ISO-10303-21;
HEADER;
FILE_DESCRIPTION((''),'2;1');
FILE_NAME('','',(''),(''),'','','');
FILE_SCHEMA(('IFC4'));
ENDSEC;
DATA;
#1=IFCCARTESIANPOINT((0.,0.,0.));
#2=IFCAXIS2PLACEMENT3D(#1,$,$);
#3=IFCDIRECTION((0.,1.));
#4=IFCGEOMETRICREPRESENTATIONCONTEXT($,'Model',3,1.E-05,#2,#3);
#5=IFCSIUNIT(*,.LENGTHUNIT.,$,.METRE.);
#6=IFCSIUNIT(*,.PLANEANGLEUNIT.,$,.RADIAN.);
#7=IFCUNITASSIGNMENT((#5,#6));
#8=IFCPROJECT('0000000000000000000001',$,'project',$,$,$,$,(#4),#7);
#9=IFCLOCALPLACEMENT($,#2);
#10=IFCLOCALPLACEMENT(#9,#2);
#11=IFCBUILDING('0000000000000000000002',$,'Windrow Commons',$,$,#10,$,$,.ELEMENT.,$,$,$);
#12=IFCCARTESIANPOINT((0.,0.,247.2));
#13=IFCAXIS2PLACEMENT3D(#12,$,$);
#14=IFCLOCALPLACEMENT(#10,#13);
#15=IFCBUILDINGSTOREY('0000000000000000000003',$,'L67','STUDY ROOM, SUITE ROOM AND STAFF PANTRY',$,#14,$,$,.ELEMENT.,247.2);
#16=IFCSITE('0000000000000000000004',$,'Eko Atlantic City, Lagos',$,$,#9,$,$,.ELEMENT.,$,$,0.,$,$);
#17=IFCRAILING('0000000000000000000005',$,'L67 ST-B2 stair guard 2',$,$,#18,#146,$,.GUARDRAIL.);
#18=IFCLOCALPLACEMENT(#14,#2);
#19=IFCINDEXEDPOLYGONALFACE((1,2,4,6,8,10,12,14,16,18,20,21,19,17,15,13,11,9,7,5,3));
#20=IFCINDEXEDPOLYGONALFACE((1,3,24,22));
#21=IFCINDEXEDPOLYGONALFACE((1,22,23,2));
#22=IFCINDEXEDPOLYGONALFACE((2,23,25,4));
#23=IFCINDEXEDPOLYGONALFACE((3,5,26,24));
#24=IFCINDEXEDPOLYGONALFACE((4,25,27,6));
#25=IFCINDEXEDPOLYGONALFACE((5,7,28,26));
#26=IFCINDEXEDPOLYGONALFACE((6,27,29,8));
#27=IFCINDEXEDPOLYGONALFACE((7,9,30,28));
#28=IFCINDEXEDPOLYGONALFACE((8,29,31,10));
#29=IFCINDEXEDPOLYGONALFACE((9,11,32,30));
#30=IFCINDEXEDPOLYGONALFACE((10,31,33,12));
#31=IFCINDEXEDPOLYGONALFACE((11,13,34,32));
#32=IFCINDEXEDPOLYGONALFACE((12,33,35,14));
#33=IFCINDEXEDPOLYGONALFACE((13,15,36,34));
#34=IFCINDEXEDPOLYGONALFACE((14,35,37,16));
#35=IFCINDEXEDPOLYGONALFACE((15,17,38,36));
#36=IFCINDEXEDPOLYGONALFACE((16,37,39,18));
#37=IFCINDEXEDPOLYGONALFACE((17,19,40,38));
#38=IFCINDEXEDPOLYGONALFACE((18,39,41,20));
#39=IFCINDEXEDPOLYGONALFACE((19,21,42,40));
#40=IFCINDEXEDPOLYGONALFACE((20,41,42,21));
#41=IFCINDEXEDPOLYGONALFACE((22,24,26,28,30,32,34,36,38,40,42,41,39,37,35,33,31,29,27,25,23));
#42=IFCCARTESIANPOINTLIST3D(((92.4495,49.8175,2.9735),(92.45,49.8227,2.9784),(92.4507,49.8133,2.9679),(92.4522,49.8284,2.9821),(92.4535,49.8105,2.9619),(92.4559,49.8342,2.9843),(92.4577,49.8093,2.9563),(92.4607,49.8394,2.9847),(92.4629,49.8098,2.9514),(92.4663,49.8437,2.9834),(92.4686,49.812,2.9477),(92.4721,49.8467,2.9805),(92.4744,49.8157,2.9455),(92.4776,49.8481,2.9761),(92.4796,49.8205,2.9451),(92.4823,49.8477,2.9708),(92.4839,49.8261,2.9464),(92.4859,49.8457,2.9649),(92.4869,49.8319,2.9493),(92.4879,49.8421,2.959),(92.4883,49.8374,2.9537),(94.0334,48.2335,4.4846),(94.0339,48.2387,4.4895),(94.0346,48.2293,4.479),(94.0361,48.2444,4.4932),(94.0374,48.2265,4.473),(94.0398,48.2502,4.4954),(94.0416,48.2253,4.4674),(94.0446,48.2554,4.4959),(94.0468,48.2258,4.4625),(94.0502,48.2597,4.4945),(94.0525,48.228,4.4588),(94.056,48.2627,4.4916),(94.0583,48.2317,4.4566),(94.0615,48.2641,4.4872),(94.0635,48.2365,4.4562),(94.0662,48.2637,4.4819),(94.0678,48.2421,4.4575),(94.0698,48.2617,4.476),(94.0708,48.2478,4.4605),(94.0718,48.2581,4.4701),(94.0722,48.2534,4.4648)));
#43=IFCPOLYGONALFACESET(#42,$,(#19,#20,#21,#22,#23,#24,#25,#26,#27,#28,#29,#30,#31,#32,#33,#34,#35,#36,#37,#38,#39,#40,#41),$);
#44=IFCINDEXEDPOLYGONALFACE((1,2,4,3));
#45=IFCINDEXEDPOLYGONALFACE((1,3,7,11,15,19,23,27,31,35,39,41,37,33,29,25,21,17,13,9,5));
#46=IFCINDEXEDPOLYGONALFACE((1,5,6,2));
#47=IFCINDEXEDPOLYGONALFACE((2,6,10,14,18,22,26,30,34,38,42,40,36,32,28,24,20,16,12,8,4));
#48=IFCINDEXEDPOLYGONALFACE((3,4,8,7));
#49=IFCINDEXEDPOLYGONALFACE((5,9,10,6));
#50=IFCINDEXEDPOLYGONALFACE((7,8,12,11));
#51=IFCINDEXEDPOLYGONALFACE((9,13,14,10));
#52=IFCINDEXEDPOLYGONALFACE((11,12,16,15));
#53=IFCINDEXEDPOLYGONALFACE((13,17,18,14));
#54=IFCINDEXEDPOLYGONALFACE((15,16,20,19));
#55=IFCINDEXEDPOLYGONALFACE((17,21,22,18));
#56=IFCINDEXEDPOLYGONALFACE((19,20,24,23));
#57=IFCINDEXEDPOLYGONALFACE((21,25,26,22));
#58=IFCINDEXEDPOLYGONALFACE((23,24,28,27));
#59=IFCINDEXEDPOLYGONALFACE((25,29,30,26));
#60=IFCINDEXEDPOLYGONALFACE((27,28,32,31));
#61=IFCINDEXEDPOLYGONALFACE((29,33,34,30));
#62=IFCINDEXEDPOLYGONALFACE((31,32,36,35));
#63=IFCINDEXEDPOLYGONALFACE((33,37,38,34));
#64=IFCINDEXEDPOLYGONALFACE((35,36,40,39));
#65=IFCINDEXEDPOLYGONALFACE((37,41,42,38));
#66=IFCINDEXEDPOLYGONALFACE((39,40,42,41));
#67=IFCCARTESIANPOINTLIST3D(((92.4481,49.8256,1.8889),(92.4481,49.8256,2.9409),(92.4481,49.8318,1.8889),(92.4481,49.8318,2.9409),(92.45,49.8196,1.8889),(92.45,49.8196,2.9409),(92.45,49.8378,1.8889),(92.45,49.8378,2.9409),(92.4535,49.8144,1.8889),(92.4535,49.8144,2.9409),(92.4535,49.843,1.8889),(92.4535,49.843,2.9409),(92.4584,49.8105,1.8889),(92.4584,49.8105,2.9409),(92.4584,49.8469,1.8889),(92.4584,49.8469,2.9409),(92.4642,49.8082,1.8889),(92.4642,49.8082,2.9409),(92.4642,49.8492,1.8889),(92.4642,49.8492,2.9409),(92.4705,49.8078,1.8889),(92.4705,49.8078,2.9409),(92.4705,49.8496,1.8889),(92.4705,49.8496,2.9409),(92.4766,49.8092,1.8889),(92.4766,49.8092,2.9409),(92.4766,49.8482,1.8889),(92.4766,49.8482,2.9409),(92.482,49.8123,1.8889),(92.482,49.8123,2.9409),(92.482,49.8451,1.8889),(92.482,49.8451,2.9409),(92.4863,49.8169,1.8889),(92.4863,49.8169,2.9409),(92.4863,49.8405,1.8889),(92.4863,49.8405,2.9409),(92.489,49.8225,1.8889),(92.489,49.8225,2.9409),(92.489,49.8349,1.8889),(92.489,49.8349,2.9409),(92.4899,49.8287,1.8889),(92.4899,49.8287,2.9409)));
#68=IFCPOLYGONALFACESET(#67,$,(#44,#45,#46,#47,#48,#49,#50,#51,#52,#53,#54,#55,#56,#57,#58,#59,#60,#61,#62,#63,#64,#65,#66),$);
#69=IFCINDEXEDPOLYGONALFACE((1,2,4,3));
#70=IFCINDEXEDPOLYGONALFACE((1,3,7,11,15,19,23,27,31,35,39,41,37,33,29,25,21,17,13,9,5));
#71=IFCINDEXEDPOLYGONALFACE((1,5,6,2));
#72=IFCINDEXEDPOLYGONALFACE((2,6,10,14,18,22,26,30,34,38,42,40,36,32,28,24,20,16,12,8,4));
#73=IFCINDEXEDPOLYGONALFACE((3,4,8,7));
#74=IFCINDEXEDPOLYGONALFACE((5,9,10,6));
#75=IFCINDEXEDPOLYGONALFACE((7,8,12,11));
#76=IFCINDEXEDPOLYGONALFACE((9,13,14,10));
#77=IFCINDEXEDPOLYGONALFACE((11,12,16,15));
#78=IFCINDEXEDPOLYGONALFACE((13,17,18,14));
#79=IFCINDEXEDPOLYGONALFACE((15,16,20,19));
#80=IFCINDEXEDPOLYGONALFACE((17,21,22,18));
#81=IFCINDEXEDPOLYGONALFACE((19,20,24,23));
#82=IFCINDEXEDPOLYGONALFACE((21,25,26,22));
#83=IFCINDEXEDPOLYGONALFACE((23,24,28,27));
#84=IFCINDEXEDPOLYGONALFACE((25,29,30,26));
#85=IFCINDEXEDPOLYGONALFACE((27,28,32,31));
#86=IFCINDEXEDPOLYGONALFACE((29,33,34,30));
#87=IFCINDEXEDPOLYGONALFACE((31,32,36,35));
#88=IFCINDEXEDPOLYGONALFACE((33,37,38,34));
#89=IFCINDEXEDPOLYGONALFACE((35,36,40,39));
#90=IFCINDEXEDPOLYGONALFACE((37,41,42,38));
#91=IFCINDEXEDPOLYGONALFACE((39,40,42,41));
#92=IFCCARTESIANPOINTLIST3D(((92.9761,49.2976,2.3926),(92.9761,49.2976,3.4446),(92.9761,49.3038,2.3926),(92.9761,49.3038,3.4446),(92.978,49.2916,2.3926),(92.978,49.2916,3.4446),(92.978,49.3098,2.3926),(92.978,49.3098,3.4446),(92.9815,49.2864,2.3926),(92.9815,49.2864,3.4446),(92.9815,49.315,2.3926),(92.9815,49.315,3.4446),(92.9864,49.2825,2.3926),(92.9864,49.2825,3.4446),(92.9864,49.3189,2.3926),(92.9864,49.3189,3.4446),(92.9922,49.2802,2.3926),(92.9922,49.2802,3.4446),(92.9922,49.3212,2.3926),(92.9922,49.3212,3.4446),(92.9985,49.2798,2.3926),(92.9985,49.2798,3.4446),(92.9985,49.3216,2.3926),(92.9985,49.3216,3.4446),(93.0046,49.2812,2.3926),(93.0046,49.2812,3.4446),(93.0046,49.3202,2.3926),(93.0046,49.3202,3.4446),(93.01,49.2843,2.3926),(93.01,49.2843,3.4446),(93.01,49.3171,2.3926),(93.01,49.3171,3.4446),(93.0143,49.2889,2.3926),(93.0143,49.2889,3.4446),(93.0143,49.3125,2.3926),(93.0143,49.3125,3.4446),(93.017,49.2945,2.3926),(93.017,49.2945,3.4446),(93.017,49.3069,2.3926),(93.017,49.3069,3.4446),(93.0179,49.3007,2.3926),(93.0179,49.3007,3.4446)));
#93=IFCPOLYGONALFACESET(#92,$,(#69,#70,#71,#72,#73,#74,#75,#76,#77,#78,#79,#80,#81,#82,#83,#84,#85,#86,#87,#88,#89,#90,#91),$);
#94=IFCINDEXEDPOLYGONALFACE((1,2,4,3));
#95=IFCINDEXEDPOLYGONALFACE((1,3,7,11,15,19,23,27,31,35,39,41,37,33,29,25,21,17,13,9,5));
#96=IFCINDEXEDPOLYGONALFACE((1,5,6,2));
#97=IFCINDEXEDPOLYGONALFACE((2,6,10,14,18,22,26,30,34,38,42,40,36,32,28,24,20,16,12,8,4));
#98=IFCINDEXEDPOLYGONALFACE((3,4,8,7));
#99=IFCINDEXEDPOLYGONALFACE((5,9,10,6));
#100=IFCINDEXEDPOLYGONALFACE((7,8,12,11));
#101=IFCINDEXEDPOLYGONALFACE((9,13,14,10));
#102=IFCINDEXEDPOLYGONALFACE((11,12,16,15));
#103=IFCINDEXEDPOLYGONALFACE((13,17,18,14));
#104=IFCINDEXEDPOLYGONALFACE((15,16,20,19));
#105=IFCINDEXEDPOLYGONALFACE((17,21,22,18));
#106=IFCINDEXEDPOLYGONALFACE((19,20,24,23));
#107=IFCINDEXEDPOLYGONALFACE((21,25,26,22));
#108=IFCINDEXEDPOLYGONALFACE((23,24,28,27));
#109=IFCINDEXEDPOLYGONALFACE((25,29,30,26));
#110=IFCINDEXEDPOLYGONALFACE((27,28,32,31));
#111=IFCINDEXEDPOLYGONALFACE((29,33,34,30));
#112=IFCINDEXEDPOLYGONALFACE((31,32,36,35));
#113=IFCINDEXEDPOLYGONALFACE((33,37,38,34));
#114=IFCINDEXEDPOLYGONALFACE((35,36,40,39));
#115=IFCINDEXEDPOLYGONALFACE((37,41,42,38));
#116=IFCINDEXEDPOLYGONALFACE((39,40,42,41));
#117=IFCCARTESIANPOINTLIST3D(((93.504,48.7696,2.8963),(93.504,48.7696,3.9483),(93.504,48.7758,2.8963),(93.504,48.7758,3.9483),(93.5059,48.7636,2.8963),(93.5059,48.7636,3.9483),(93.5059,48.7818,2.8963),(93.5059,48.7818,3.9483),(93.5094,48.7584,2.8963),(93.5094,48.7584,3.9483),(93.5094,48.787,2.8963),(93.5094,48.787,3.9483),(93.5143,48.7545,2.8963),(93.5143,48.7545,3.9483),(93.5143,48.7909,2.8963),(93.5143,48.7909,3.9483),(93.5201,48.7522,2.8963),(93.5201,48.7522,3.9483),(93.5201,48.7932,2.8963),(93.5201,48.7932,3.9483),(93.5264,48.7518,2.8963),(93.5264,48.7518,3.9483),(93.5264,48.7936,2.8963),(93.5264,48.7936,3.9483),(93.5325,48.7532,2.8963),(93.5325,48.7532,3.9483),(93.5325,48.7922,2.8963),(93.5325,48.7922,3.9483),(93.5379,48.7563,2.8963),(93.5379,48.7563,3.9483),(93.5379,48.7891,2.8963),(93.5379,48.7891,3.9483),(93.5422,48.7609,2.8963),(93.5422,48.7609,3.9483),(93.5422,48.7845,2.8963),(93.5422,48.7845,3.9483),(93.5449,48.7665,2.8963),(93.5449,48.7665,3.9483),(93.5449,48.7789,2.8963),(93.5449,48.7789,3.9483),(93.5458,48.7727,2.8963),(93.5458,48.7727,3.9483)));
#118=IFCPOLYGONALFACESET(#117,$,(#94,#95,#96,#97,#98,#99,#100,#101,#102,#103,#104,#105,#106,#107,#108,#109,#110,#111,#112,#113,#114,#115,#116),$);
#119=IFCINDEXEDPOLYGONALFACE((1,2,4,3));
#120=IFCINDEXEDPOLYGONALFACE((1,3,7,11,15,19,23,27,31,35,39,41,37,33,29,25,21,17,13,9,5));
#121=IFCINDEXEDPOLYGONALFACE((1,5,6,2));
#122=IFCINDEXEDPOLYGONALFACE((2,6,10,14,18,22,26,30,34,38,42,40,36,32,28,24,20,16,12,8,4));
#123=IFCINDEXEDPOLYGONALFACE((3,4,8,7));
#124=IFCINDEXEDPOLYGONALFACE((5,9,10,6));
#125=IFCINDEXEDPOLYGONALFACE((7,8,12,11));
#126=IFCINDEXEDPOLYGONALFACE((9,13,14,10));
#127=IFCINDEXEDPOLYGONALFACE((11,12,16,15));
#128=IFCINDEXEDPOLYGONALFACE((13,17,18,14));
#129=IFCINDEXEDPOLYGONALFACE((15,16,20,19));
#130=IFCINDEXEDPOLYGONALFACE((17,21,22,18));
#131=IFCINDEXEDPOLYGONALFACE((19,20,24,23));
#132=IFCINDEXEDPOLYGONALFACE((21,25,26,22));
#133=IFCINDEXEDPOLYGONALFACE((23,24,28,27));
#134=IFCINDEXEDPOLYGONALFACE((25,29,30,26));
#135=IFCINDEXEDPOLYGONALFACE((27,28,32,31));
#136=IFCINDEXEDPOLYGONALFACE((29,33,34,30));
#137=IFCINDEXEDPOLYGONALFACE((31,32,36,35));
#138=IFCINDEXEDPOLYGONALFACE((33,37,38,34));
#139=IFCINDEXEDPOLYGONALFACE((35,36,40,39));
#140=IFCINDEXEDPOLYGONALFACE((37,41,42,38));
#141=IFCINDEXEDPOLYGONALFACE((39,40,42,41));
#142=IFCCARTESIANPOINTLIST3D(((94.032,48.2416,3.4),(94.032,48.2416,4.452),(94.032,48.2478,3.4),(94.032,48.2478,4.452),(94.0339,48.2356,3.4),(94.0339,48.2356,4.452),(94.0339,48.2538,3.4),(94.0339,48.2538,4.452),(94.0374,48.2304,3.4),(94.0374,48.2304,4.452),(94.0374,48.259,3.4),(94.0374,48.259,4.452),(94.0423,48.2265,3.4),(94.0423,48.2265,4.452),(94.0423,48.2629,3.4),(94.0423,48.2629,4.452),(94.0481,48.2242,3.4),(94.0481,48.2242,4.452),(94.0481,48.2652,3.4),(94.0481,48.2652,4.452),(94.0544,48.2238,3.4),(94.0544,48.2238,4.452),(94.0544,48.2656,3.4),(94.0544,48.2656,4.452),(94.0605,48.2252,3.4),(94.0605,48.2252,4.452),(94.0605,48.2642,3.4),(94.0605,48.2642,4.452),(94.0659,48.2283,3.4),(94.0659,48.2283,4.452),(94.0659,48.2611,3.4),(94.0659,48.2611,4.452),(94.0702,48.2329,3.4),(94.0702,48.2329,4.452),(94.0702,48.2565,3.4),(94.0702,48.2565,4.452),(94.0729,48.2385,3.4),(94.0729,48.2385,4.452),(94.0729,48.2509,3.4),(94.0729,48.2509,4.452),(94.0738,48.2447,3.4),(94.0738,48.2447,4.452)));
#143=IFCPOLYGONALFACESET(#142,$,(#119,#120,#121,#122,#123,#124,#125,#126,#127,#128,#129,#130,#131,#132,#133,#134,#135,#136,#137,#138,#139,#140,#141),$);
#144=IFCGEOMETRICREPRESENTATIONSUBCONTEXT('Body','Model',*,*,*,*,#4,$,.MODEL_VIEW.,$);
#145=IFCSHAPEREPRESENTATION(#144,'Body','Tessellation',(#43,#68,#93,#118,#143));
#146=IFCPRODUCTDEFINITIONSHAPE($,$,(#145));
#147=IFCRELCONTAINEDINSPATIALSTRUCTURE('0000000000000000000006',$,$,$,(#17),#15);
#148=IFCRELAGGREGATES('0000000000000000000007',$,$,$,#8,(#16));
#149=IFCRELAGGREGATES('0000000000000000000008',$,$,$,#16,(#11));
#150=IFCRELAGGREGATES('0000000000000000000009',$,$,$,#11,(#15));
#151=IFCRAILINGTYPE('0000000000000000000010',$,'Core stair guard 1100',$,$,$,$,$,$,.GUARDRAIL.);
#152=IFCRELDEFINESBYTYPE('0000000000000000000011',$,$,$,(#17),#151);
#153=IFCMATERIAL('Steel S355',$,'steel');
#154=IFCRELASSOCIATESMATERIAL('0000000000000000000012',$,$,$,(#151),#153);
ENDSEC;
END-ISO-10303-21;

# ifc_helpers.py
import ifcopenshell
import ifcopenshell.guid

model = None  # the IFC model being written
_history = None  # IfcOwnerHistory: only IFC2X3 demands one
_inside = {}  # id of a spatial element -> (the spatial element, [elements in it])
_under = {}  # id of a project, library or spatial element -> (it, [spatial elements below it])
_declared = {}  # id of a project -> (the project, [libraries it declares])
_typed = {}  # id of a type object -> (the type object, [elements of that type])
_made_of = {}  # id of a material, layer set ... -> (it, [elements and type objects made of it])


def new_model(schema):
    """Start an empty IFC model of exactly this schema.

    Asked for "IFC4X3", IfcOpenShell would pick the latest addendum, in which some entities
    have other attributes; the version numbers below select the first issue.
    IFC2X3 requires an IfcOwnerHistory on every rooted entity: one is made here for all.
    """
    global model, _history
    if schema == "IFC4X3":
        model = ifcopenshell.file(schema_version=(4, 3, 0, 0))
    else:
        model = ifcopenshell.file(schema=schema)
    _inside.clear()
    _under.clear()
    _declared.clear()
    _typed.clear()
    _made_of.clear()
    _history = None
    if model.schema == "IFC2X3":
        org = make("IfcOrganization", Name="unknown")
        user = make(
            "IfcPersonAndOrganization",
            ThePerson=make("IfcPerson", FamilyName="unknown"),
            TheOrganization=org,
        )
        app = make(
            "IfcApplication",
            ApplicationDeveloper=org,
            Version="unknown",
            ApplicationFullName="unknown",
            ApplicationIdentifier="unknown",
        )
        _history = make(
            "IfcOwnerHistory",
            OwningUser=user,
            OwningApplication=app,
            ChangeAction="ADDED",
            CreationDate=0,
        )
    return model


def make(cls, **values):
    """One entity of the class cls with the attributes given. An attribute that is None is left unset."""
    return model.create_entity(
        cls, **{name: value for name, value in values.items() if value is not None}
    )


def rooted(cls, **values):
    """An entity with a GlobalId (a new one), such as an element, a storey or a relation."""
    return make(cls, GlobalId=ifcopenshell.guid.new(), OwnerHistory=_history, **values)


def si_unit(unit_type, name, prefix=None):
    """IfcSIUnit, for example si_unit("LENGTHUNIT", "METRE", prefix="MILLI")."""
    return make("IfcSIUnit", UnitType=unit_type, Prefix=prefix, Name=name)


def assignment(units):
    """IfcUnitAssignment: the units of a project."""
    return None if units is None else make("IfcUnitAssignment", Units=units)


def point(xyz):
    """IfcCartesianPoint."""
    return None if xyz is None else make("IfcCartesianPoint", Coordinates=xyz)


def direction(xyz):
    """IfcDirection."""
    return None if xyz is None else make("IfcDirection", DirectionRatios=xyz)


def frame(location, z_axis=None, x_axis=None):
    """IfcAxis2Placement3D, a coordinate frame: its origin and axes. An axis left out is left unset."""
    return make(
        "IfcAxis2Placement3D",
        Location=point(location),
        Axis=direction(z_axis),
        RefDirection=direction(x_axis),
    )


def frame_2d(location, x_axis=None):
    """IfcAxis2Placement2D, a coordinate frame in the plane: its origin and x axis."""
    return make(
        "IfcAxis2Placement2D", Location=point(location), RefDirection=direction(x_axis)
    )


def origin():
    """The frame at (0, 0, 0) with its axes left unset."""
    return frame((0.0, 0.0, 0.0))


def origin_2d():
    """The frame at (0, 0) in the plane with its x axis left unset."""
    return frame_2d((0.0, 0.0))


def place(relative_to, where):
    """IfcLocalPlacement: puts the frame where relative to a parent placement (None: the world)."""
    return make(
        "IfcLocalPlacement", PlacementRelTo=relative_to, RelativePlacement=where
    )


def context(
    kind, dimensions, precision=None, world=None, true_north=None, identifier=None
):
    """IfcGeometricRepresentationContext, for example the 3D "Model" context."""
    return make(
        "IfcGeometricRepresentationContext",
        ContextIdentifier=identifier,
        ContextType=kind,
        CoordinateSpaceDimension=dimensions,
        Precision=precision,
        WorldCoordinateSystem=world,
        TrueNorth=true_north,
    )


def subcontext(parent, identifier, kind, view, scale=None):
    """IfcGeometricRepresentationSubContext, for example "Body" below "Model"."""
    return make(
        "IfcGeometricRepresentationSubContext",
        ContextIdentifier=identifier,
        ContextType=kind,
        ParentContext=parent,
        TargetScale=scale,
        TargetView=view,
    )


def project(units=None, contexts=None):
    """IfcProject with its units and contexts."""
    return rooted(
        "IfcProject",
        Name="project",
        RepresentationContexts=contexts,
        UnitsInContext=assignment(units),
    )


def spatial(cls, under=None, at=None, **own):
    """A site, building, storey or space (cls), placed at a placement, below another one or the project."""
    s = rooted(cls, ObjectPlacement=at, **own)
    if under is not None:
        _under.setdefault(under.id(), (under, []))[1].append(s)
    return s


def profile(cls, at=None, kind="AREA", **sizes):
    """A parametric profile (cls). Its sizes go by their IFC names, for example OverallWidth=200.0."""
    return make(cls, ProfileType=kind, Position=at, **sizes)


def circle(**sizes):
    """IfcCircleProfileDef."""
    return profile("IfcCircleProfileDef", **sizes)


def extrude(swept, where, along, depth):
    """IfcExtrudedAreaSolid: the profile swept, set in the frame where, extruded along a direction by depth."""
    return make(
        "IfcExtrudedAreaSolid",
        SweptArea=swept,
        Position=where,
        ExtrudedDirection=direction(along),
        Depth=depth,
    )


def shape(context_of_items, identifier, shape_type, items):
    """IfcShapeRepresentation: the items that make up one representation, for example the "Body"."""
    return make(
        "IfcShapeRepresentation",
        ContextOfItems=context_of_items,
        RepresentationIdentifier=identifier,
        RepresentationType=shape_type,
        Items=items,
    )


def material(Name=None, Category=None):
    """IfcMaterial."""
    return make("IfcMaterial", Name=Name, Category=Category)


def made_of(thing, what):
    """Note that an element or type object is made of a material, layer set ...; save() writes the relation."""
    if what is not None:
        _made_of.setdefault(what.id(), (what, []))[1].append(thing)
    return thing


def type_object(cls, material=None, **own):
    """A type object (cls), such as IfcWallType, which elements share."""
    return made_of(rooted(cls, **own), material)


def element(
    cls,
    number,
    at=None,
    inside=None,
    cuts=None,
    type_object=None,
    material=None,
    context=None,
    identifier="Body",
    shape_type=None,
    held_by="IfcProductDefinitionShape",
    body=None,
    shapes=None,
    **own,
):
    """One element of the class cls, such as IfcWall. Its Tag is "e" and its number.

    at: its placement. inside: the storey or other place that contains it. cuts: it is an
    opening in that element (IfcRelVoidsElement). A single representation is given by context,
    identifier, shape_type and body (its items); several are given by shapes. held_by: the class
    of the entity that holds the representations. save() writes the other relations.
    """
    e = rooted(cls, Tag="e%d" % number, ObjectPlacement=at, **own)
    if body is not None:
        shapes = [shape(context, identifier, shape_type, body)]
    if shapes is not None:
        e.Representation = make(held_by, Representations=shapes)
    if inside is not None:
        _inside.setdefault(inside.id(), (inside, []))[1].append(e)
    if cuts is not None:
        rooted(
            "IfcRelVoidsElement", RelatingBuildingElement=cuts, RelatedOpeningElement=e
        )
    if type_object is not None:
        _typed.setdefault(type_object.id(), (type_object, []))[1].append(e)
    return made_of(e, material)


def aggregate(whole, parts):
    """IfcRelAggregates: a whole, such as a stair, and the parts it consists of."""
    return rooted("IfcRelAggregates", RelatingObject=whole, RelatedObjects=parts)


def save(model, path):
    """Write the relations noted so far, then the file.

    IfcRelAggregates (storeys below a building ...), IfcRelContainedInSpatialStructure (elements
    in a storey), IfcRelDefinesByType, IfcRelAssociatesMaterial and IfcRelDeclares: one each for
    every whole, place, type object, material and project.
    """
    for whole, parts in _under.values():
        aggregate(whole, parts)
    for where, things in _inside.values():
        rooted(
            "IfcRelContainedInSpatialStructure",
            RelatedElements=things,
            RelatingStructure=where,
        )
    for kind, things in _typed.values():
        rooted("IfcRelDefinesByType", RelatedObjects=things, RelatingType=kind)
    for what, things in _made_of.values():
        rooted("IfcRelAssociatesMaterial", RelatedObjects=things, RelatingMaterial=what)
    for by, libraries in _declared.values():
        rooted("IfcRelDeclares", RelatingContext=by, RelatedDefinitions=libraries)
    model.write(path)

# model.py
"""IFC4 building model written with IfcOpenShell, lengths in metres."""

from ifc_helpers import new_model, si_unit, direction, frame, origin, origin_2d, place, context, subcontext, project, spatial, circle, extrude, material, type_object, element, save


model = new_model("IFC4")

# Units and contexts
model_context = context("Model", 3, precision=1e-05, world=origin(), true_north=direction((0.0, 1.0)))
body_context = subcontext(model_context, "Body", "Model", "MODEL_VIEW")
ifc_project = project(units=[si_unit("LENGTHUNIT", "METRE"), si_unit("PLANEANGLEUNIT", "RADIAN")], contexts=[model_context])

# Site, building, storey
site_placement = place(None, origin())
site = spatial("IfcSite", under=ifc_project, at=site_placement, Name="Eko Atlantic City, Lagos", CompositionType="ELEMENT", RefElevation=0.0)
building_placement = place(site_placement, origin())
building = spatial("IfcBuilding", under=site, at=building_placement, Name="Windrow Commons", CompositionType="ELEMENT")
storey_placement = place(building_placement, frame((0.0, 0.0, 247.2)))
storey = spatial("IfcBuildingStorey", under=building, at=storey_placement, Name="L67", Description="STUDY ROOM, SUITE ROOM AND STAFF PANTRY", CompositionType="ELEMENT", Elevation=247.2)

# Railing
ifc_material_1 = material(Name="Steel S355", Category="steel")
railing_type_1 = type_object("IfcRailingType", Name="Core stair guard 1100", PredefinedType="GUARDRAIL", material=ifc_material_1)
railing_1_placement = place(storey_placement, frame((92.4689, 49.8287, 1.8889)))
element("IfcRailing", 1, at=railing_1_placement, inside=storey, type_object=railing_type_1, Name="L67 ST-B2 stair guard 2", PredefinedType="GUARDRAIL", context=body_context, shape_type="SweptSolid", body=[
    extrude(circle(Radius=0.024, at=origin_2d()), frame((0.0, 0.0, 1.076), z_axis=(0.586179, -0.586216, 0.559237), x_axis=(0.707129, 0.707084, 0.0)), (0.0, 0.0, 1.0), 2.7021),
    extrude(circle(Radius=0.021, at=origin_2d()), origin(), (0.0, 0.0, 1.0), 1.052),
    extrude(circle(Radius=0.021, at=origin_2d()), frame((0.528, -0.528, 0.5037)), (0.0, 0.0, 1.0), 1.052),
    extrude(circle(Radius=0.021, at=origin_2d()), frame((1.0559, -1.056, 1.0074)), (0.0, 0.0, 1.0), 1.052),
    extrude(circle(Radius=0.021, at=origin_2d()), frame((1.5839, -1.584, 1.5111)), (0.0, 0.0, 1.0), 1.052),
])

save(model, "model.ifc")
